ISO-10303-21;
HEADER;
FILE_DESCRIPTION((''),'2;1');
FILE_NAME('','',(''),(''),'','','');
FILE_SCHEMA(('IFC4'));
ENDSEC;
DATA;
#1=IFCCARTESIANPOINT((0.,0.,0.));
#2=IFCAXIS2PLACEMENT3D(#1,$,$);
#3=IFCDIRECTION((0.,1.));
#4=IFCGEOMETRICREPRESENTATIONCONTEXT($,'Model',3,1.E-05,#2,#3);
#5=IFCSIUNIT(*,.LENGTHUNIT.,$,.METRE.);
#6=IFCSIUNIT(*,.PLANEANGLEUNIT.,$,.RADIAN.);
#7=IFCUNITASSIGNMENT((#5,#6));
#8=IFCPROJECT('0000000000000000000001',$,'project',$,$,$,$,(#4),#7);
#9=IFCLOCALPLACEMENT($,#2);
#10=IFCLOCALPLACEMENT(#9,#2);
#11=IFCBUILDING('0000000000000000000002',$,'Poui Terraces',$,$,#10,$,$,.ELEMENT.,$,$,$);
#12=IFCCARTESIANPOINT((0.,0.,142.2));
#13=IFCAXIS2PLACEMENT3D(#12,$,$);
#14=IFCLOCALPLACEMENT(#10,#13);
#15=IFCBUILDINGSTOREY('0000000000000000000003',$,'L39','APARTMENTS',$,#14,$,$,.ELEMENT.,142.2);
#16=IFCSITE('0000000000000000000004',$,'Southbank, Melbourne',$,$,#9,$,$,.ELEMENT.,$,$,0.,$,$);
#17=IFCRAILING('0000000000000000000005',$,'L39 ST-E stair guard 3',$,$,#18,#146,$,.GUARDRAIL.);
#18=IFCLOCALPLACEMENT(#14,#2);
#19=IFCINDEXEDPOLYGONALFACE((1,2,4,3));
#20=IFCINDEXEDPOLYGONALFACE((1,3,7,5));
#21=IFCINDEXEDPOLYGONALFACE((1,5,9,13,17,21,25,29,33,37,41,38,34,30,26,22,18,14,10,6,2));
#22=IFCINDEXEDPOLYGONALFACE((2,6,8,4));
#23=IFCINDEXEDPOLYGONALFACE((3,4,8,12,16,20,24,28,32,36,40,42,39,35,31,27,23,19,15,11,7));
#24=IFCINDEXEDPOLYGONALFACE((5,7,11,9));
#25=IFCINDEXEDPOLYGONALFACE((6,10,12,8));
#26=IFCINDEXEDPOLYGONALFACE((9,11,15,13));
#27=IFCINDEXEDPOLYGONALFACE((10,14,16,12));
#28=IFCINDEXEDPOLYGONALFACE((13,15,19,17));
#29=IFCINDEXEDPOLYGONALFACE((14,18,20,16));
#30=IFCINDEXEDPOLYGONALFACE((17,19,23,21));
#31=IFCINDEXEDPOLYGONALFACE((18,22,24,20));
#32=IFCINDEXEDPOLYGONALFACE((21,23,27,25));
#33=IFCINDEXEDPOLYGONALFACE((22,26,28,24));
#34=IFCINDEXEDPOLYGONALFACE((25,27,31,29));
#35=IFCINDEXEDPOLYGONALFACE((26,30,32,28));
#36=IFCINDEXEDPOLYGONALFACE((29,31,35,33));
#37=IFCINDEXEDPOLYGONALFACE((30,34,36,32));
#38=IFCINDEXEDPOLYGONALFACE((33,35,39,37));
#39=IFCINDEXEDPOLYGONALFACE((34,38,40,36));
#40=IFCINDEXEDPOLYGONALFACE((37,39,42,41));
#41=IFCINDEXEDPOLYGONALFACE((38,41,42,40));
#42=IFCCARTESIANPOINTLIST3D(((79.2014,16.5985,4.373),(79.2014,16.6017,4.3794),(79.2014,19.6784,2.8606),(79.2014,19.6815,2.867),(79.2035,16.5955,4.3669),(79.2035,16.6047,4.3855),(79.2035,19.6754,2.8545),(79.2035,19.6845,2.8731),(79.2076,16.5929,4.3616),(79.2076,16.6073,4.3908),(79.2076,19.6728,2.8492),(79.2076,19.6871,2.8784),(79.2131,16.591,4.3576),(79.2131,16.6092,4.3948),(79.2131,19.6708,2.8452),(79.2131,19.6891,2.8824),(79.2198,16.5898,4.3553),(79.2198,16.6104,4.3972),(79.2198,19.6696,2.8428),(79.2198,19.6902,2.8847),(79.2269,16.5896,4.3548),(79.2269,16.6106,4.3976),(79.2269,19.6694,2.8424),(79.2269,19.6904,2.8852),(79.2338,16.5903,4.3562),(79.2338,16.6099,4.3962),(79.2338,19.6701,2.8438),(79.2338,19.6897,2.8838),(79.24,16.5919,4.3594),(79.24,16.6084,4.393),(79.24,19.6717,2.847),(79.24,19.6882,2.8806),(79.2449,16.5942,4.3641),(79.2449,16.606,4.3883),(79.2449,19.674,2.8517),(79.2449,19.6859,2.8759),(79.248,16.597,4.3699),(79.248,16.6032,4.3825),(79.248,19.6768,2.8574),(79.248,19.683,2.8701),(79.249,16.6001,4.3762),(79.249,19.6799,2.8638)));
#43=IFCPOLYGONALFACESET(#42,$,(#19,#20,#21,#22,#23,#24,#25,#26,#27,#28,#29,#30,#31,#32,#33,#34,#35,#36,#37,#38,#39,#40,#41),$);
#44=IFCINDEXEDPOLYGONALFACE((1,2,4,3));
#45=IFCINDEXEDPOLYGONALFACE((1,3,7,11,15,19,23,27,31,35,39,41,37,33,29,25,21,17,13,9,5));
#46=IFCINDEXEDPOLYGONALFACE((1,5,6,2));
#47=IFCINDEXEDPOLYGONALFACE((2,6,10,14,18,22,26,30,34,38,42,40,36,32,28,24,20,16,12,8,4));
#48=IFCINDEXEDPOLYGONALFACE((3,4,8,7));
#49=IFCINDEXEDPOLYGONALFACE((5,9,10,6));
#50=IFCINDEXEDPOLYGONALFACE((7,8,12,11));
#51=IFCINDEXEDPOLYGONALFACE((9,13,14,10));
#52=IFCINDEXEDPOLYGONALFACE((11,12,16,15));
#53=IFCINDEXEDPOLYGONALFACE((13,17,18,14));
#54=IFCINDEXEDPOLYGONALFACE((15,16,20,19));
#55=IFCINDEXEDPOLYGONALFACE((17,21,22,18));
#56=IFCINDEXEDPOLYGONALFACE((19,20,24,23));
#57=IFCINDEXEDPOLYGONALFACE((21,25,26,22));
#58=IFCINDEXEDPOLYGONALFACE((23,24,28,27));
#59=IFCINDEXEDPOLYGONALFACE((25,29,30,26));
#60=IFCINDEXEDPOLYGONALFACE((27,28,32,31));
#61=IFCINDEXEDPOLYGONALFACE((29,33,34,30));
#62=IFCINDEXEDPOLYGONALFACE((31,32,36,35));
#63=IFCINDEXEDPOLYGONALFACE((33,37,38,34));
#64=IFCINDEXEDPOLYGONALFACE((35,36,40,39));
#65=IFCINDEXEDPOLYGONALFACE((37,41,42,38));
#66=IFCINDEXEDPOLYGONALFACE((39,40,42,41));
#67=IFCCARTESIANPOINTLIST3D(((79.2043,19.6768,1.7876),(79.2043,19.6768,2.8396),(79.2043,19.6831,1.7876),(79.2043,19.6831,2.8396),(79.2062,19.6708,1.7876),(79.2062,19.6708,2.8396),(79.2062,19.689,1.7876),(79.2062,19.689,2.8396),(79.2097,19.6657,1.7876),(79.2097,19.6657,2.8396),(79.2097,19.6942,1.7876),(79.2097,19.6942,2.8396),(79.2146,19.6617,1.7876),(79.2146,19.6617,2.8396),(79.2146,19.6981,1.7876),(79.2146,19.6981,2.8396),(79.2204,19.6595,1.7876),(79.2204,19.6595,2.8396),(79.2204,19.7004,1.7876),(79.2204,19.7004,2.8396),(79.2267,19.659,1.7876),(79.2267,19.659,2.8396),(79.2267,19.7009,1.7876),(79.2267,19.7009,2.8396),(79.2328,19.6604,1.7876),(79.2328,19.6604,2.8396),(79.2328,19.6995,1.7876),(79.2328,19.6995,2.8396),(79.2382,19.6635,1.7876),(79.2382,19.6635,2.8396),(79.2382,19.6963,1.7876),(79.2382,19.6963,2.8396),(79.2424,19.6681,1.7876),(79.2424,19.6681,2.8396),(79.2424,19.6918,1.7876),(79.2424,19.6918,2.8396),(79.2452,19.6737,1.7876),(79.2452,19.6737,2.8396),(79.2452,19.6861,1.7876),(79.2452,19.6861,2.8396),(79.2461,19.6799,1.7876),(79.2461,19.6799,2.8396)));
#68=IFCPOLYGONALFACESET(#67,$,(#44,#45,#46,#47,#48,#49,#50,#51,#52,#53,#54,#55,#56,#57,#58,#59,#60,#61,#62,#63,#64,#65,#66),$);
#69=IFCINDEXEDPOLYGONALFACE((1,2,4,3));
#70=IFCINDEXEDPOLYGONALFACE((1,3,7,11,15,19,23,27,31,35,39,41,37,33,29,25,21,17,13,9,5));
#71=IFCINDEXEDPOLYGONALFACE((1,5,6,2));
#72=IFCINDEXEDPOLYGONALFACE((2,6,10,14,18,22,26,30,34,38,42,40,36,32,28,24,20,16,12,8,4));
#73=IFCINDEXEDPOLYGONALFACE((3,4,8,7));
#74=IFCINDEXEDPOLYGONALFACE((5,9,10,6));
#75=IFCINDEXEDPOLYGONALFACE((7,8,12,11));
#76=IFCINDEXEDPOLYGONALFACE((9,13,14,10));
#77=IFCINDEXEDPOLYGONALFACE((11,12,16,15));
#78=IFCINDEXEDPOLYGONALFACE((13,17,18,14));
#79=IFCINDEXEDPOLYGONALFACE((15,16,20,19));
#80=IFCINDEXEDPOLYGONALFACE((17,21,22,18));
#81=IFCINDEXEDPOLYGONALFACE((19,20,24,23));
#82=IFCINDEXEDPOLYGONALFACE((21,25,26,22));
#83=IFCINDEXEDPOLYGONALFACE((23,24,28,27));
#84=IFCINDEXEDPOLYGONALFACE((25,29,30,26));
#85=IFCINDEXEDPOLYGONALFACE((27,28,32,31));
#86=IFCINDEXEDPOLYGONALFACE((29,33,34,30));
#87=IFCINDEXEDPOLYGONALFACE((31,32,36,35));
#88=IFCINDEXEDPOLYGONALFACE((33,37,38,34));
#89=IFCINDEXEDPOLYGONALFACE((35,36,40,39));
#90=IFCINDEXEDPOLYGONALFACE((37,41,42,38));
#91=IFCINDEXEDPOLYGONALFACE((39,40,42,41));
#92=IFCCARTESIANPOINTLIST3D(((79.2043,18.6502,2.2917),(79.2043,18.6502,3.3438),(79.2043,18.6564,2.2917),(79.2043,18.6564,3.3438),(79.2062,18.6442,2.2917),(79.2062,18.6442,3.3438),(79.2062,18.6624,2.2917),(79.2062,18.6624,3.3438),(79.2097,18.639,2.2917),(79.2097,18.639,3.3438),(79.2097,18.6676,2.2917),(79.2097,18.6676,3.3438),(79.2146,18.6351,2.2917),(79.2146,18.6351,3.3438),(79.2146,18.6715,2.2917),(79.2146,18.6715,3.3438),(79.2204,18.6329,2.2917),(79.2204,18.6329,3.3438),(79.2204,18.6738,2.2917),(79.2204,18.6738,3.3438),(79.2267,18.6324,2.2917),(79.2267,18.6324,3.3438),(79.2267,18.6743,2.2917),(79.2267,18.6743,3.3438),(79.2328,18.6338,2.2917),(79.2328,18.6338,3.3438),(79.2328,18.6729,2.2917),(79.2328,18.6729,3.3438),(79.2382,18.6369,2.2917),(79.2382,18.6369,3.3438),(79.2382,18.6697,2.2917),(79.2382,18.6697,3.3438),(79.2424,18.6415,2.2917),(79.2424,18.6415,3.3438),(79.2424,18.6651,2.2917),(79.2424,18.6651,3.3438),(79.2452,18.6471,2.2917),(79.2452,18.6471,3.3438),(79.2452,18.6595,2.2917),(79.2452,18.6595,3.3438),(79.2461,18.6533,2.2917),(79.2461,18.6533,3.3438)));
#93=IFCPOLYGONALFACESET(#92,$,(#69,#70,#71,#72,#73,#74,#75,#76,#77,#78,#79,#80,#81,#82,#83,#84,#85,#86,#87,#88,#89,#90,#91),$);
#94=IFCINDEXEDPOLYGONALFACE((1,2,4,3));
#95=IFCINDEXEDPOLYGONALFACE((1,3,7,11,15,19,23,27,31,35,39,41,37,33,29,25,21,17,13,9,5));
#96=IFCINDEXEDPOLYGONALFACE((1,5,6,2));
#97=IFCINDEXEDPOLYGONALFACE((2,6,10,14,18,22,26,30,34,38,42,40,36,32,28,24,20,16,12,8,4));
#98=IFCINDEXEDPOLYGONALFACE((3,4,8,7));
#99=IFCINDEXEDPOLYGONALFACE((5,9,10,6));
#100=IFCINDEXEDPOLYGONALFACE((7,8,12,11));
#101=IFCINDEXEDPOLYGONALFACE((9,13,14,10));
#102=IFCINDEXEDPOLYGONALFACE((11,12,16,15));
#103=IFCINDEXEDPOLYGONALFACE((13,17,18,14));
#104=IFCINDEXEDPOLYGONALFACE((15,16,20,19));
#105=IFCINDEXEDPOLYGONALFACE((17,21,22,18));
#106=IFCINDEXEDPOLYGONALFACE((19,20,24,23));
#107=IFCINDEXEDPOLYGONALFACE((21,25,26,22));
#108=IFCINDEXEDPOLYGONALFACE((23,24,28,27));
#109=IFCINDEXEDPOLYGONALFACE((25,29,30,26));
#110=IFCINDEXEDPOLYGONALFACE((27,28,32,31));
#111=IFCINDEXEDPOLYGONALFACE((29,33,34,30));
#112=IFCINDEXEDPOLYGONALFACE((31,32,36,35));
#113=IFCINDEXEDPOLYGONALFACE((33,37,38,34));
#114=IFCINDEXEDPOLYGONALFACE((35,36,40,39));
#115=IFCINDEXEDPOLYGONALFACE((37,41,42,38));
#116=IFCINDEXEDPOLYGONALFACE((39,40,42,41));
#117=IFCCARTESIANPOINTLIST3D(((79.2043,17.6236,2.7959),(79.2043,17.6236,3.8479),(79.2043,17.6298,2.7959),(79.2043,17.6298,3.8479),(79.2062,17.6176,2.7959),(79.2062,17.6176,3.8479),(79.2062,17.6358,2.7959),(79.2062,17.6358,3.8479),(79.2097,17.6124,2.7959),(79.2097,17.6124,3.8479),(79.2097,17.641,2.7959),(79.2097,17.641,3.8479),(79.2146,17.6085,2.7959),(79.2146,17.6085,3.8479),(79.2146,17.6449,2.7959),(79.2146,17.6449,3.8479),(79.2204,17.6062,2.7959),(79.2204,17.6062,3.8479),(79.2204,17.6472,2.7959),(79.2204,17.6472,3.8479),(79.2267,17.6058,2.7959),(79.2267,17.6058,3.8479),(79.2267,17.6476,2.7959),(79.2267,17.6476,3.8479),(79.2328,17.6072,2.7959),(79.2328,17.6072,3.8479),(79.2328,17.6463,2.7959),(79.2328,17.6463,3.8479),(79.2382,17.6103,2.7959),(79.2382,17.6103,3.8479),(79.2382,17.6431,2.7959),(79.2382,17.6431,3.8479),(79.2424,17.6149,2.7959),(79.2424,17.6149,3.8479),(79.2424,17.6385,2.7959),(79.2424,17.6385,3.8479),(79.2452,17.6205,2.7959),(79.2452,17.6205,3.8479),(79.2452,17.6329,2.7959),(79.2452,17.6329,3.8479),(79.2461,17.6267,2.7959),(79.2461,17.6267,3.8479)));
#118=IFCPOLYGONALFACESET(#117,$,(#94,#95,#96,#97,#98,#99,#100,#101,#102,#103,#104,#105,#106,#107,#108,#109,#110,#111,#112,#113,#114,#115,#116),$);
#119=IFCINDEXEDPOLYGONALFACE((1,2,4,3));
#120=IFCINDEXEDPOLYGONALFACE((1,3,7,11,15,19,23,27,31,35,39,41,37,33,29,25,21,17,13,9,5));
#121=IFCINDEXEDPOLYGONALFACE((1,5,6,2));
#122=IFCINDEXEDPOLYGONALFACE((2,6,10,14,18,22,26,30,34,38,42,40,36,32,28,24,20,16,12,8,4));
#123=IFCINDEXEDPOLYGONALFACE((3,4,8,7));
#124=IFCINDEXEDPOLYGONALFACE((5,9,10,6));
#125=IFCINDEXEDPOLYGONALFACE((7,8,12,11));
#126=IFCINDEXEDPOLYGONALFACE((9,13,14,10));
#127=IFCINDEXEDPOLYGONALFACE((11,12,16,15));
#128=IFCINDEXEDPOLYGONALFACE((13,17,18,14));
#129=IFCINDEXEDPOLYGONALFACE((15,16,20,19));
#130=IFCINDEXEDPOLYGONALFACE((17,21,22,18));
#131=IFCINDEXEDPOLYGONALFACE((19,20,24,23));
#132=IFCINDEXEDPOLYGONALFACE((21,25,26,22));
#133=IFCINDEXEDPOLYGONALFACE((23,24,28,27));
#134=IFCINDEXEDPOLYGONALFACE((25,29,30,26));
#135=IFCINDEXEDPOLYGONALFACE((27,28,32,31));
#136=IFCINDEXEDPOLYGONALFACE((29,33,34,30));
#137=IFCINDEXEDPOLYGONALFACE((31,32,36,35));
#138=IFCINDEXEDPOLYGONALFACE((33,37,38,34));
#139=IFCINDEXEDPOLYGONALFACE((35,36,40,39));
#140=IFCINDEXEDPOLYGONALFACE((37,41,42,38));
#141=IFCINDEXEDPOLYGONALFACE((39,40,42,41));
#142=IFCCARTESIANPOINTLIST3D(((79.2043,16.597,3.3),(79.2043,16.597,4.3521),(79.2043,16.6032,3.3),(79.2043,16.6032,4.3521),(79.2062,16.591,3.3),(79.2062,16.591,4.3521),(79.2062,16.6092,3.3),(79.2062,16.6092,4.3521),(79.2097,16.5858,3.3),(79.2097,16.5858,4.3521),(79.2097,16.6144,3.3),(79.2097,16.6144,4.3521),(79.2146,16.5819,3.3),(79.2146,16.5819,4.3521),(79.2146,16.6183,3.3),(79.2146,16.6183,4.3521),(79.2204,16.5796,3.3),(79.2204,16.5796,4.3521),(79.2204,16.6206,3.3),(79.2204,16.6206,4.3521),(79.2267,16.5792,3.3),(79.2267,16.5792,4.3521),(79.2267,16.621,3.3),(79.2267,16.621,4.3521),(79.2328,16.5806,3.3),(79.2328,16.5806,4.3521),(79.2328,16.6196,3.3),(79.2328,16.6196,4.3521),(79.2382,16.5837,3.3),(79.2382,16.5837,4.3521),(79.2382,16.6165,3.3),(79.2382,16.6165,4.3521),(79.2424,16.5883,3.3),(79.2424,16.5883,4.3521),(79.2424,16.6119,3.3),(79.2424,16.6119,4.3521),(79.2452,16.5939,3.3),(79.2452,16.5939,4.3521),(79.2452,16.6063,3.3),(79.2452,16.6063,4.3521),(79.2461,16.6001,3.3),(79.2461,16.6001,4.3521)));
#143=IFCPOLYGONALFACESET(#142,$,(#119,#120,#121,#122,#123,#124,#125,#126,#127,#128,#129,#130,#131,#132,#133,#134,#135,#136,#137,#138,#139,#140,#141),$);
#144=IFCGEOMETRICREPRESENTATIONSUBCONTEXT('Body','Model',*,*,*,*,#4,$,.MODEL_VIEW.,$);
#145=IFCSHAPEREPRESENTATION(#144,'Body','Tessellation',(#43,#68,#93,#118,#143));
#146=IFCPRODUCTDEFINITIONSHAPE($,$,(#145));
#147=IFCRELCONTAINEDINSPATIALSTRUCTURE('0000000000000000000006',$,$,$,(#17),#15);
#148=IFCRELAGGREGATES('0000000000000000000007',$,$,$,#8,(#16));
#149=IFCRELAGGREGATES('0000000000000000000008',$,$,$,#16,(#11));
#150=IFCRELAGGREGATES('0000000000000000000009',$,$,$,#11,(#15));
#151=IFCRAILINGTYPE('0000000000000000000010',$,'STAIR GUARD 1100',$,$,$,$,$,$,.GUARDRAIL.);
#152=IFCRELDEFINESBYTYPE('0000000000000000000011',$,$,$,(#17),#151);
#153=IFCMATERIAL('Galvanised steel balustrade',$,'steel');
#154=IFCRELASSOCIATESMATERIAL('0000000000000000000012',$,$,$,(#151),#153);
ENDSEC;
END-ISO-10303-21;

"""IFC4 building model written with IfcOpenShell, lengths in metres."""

from ifc_helpers import new_model, si_unit, direction, frame, origin, origin_2d, place, context, subcontext, project, spatial, circle, extrude, material, type_object, element, save


model = new_model("IFC4")

# Units and contexts
model_context = context("Model", 3, precision=1e-05, world=origin(), true_north=direction((0.0, 1.0)))
body_context = subcontext(model_context, "Body", "Model", "MODEL_VIEW")
ifc_project = project(units=[si_unit("LENGTHUNIT", "METRE"), si_unit("PLANEANGLEUNIT", "RADIAN")], contexts=[model_context])

# Site, building, storey
site_placement = place(None, origin())
site = spatial("IfcSite", under=ifc_project, at=site_placement, Name="Southbank, Melbourne", CompositionType="ELEMENT", RefElevation=0.0)
building_placement = place(site_placement, origin())
building = spatial("IfcBuilding", under=site, at=building_placement, Name="Poui Terraces", CompositionType="ELEMENT")
storey_placement = place(building_placement, frame((0.0, 0.0, 142.2)))
storey = spatial("IfcBuildingStorey", under=building, at=storey_placement, Name="L39", Description="APARTMENTS", CompositionType="ELEMENT", Elevation=142.2)

# Railing
ifc_material_1 = material(Name="Galvanised steel balustrade", Category="steel")
railing_type_1 = type_object("IfcRailingType", Name="STAIR GUARD 1100", PredefinedType="GUARDRAIL", material=ifc_material_1)
railing_1_placement = place(storey_placement, frame((79.2251, 19.6799, 1.7876)))
element("IfcRailing", 1, at=railing_1_placement, inside=storey, type_object=railing_type_1, Name="L39 ST-E stair guard 3", PredefinedType="GUARDRAIL", context=body_context, shape_type="SweptSolid", body=[
    extrude(circle(Radius=0.0239, at=origin_2d()), frame((0.0, 0.0, 1.0762), z_axis=(0.0, -0.897606, 0.440798), x_axis=(1.0, 0.0, 0.0)), (0.0, 0.0, 1.0), 3.4312),
    extrude(circle(Radius=0.021, at=origin_2d()), origin(), (0.0, 0.0, 1.0), 1.052),
    extrude(circle(Radius=0.021, at=origin_2d()), frame((0.0, -1.0266, 0.5042)), (0.0, 0.0, 1.0), 1.052),
    extrude(circle(Radius=0.021, at=origin_2d()), frame((0.0, -2.0532, 1.0083)), (0.0, 0.0, 1.0), 1.052),
    extrude(circle(Radius=0.021, at=origin_2d()), frame((0.0, -3.0798, 1.5125)), (0.0, 0.0, 1.0), 1.052),
])

save(model, "model.ifc")
